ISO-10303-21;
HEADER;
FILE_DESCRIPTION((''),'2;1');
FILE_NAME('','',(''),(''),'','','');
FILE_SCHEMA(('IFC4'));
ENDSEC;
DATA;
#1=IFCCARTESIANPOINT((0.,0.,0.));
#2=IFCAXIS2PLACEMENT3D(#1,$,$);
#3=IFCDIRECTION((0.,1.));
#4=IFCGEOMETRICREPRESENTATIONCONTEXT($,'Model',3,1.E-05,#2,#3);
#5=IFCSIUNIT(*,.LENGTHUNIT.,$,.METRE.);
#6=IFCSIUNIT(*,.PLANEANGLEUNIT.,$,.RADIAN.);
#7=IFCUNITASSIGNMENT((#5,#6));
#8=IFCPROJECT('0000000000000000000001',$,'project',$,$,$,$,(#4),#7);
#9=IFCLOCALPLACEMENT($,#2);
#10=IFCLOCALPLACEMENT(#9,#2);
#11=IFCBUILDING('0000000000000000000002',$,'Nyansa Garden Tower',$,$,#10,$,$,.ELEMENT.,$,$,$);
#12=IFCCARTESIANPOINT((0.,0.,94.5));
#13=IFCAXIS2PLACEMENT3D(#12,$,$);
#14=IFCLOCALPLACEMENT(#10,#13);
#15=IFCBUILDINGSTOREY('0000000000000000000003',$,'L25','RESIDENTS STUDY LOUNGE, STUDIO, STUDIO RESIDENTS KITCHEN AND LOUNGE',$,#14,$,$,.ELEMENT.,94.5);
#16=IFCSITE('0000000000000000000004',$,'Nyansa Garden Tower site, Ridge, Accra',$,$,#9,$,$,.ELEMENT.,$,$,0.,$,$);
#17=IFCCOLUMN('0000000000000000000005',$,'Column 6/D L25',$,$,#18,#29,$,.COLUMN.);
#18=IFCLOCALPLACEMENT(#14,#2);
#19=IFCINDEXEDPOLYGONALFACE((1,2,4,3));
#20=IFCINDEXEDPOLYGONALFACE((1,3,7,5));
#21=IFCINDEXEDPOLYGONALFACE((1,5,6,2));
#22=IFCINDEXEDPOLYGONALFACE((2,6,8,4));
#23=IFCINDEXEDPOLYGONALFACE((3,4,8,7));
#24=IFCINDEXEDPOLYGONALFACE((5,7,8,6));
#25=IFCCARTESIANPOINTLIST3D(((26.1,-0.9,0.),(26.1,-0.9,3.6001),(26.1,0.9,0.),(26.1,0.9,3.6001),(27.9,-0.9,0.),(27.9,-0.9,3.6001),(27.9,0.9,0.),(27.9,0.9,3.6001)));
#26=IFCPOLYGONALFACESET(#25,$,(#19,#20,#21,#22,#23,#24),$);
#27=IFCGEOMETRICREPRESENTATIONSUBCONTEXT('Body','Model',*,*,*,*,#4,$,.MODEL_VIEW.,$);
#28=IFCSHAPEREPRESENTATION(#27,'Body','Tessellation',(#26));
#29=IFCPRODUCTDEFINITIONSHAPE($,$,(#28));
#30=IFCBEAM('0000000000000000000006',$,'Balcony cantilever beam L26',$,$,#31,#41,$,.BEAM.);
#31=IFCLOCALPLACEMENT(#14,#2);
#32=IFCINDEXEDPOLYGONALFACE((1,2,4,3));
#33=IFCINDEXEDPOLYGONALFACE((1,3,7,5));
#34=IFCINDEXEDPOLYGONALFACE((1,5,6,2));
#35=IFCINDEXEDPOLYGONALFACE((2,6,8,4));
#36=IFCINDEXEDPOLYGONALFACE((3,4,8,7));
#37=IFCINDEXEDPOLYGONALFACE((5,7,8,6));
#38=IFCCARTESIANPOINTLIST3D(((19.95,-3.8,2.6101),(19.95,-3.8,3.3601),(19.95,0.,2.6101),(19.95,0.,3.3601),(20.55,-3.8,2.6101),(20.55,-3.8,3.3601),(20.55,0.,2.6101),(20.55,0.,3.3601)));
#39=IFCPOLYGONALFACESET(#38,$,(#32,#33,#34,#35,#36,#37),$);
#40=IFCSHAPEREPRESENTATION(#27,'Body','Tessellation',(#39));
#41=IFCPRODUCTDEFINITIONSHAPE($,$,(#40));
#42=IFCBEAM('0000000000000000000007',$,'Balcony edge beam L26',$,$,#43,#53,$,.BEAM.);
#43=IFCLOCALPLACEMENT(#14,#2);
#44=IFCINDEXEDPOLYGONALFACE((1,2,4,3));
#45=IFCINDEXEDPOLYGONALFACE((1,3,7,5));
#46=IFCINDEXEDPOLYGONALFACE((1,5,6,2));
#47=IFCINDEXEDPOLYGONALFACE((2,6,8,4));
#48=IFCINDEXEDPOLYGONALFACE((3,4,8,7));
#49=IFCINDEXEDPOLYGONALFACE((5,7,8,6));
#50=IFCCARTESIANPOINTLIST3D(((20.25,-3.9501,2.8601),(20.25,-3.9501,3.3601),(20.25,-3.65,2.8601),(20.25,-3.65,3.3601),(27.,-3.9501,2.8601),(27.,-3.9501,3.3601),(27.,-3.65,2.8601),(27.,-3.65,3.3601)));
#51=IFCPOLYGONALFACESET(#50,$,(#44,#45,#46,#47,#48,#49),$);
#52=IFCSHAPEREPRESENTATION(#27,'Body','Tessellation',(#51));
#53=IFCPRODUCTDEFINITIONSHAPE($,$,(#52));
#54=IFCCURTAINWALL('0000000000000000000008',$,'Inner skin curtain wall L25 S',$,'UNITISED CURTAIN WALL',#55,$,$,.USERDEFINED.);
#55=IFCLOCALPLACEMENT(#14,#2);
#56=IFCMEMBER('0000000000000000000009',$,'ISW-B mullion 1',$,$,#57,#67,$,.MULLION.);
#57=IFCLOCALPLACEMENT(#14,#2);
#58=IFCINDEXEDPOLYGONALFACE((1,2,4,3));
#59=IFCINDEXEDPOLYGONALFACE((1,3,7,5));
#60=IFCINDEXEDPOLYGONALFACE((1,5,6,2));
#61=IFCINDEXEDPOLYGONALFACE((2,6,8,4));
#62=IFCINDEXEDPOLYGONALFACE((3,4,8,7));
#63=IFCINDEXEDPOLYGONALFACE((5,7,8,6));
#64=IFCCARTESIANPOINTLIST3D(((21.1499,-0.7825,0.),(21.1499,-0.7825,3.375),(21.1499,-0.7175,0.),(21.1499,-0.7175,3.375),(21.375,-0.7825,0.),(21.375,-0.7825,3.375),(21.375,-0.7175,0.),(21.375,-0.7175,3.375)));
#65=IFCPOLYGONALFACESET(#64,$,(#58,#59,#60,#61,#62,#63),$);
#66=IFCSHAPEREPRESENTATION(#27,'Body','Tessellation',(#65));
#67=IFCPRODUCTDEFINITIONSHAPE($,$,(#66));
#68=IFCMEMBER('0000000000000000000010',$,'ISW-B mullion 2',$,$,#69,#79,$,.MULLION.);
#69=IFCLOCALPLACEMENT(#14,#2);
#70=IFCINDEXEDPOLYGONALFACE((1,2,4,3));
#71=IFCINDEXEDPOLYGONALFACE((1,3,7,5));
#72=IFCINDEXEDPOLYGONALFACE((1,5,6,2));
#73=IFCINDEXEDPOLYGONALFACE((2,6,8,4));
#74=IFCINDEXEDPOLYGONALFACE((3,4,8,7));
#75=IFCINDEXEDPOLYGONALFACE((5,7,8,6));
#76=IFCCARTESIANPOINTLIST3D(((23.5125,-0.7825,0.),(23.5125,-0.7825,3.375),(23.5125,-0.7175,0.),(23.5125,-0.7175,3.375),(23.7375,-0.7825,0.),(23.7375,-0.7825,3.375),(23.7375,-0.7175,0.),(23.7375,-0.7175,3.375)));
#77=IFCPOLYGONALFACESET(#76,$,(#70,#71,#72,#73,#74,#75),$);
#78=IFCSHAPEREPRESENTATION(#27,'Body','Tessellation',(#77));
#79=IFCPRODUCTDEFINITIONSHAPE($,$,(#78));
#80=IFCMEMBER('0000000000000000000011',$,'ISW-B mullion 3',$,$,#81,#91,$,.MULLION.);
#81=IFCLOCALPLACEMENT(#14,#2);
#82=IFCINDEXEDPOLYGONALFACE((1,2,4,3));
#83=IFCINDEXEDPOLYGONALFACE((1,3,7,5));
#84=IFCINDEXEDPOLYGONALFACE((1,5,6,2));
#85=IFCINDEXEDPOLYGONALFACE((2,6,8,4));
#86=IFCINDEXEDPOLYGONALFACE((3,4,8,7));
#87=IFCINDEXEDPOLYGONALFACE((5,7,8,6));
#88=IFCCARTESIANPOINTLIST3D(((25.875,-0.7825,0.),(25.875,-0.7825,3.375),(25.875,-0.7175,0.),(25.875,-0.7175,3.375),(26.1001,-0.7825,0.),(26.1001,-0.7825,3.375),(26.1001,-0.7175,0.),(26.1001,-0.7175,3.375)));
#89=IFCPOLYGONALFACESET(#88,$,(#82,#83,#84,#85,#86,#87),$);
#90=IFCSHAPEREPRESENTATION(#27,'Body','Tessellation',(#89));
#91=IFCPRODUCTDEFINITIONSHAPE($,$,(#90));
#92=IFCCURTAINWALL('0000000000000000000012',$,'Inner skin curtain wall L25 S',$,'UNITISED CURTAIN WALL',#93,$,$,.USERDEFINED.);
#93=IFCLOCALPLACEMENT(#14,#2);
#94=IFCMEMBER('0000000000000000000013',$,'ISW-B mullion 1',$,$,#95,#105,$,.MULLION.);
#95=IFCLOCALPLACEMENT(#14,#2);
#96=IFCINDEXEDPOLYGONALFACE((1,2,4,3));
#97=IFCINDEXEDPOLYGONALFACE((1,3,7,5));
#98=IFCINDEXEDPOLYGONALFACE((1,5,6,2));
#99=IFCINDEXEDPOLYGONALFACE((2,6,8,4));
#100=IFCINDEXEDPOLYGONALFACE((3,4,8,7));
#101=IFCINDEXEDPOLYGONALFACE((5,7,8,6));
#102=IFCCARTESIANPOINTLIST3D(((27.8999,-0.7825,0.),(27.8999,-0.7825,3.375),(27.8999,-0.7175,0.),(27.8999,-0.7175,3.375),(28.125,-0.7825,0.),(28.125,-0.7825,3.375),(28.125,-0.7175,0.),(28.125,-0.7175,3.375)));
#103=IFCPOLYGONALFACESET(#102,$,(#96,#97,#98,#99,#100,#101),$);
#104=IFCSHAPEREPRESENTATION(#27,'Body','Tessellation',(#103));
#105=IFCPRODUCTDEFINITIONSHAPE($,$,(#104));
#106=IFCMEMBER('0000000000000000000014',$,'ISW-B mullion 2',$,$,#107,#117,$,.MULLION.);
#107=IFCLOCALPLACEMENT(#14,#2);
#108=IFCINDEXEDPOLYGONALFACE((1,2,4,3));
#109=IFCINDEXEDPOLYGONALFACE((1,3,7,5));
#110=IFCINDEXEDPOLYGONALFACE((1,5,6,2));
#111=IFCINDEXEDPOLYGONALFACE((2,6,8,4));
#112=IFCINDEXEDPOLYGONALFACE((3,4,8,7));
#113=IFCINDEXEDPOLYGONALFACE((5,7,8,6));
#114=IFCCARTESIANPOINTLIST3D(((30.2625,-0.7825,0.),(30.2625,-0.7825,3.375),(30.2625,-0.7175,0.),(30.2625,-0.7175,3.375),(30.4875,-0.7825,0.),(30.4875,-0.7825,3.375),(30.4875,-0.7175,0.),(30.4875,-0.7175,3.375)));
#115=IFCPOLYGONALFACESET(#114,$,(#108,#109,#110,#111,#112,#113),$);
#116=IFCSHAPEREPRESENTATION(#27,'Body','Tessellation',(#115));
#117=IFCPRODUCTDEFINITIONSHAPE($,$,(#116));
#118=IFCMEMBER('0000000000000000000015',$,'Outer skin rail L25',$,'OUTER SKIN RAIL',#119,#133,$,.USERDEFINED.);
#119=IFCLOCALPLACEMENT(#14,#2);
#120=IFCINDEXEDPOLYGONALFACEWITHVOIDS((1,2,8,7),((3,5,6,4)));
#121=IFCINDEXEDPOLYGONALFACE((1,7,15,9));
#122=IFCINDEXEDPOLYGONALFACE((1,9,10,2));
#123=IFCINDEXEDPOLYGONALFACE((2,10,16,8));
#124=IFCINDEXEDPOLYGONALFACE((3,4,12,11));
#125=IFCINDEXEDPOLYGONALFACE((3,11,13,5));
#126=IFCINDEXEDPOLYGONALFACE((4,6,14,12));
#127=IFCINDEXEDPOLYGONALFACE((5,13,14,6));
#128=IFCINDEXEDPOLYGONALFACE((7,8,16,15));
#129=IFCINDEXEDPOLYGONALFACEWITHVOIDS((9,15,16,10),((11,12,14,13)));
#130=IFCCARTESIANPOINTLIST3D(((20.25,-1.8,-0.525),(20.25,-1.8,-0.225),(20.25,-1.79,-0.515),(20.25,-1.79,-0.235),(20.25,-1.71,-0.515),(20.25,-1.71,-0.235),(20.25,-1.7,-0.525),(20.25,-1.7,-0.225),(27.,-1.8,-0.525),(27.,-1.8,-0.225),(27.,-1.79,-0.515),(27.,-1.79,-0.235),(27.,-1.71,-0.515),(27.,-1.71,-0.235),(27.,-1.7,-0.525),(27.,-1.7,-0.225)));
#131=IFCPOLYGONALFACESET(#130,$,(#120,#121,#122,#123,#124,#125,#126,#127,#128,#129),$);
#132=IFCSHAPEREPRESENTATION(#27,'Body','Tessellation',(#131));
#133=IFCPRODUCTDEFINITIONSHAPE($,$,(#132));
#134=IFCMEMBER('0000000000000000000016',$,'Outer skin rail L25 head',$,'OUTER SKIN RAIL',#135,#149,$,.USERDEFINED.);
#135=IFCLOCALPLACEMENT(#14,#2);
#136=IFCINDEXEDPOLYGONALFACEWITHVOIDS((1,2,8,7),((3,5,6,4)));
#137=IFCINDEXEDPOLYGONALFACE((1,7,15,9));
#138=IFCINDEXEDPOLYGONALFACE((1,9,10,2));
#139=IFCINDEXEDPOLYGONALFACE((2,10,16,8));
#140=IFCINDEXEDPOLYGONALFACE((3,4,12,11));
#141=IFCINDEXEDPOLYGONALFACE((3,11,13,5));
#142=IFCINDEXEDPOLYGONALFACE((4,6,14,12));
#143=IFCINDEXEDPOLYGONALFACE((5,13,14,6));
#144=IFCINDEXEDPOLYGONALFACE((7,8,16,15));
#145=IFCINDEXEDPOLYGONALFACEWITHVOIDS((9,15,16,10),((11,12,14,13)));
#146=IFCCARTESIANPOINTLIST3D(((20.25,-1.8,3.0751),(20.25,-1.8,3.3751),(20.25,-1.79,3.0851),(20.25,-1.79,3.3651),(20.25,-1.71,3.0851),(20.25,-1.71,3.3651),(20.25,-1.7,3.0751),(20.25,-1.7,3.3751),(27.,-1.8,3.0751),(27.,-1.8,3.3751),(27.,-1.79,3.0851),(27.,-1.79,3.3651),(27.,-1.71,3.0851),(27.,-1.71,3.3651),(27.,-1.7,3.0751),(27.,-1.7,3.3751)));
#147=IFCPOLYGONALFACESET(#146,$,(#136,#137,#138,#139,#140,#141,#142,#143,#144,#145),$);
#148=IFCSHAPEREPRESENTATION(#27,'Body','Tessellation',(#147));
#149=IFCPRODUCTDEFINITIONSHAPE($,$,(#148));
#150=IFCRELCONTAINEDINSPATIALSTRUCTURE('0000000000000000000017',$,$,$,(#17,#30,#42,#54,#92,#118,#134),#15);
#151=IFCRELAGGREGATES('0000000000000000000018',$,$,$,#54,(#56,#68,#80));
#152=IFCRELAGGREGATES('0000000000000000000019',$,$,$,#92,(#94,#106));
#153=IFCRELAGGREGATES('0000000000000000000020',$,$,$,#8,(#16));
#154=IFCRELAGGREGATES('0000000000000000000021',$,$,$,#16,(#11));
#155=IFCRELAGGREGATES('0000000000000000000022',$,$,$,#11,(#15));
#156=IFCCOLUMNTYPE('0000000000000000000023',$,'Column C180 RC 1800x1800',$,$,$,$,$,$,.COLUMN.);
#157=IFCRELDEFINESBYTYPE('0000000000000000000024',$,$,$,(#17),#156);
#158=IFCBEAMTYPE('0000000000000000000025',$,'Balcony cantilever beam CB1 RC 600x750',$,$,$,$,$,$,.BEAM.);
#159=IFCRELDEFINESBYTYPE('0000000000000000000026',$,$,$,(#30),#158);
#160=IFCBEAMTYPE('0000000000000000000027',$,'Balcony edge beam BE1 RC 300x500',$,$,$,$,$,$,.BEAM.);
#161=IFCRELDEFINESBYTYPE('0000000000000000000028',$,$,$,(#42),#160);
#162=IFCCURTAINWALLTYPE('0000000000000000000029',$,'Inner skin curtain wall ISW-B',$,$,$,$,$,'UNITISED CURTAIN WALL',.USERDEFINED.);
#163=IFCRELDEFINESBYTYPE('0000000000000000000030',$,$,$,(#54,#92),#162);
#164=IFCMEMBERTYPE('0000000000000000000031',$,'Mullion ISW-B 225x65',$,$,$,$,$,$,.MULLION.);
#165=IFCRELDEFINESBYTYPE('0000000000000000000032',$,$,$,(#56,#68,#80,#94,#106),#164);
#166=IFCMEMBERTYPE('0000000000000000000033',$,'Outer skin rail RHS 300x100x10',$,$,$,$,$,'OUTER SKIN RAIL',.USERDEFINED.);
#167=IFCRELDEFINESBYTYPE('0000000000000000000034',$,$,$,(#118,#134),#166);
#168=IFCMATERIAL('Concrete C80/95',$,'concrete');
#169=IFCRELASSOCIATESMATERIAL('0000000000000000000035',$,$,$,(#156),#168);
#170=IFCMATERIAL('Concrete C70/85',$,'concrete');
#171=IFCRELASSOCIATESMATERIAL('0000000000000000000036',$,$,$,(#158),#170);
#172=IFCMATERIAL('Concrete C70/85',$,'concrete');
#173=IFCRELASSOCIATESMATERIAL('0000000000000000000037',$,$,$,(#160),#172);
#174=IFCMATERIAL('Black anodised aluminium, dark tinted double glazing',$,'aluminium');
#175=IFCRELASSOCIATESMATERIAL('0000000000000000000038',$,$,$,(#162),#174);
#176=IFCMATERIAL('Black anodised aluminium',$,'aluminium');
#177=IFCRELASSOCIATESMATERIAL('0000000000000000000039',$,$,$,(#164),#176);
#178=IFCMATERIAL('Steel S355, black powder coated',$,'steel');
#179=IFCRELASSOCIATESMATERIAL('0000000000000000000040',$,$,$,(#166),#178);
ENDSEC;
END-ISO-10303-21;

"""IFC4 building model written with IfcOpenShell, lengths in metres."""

from ifc_helpers import new_model, si_unit, direction, frame, origin, origin_2d, place, context, subcontext, project, spatial, rectangle, hollow_rectangle, extrude, material, material_profile, profile_set, type_object, element, aggregate, save


model = new_model("IFC4")

# Units and contexts
model_context = context("Model", 3, precision=1e-05, world=origin(), true_north=direction((0.0, 1.0)))
body_context = subcontext(model_context, "Body", "Model", "MODEL_VIEW")
ifc_project = project(units=[si_unit("LENGTHUNIT", "METRE"), si_unit("PLANEANGLEUNIT", "RADIAN")], contexts=[model_context])

# Site, building, storey
site_placement = place(None, origin())
site = spatial("IfcSite", under=ifc_project, at=site_placement, Name="Nyansa Garden Tower site, Ridge, Accra", CompositionType="ELEMENT", RefElevation=0.0)
building_placement = place(site_placement, origin())
building = spatial("IfcBuilding", under=site, at=building_placement, Name="Nyansa Garden Tower", CompositionType="ELEMENT")
storey_placement = place(building_placement, frame((0.0, 0.0, 94.5)))
storey = spatial("IfcBuildingStorey", under=building, at=storey_placement, Name="L25", Description="RESIDENTS STUDY LOUNGE, STUDIO, STUDIO RESIDENTS KITCHEN AND LOUNGE", CompositionType="ELEMENT", Elevation=94.5)

# Column
ifc_material_1 = material(Name="Concrete C80/95", Category="concrete")
ifc_material_profile_1 = material_profile(ifc_material_1, rectangle(XDim=1.8, YDim=1.8, at=origin_2d()), Name="RC 1800x1800")
ifc_profile_set_1 = profile_set([ifc_material_profile_1], Name="Concrete C80/95")
column_type = type_object("IfcColumnType", Name="Column C180 RC 1800x1800", PredefinedType="COLUMN", material=ifc_profile_set_1)
column_placement = place(storey_placement, frame((27.0, 0.0, 0.0), z_axis=(0.0, 0.0, 1.0), x_axis=(1.0, 0.0, 0.0)))
element("IfcColumn", 1, at=column_placement, inside=storey, type_object=column_type, Name="Column 6/D L25", PredefinedType="COLUMN", context=body_context, shape_type="SweptSolid", body=[
    extrude(rectangle(XDim=1.8, YDim=1.8, at=origin_2d()), origin(), (0.0, 0.0, 1.0), 3.6001),
])

# Beams
ifc_material_2 = material(Name="Concrete C70/85", Category="concrete")
ifc_material_profile_2 = material_profile(ifc_material_2, rectangle(XDim=0.6001, YDim=0.75, at=origin_2d()), Name="RC 600x750")
ifc_profile_set_2 = profile_set([ifc_material_profile_2], Name="Concrete C70/85")
beam_type_1 = type_object("IfcBeamType", Name="Balcony cantilever beam CB1 RC 600x750", PredefinedType="BEAM", material=ifc_profile_set_2)
beam_1_placement = place(storey_placement, frame((20.25, 0.0, 2.9851), z_axis=(0.0, -1.0, 0.0), x_axis=(1.0, 0.0, 0.0)))
element("IfcBeam", 2, at=beam_1_placement, inside=storey, type_object=beam_type_1, Name="Balcony cantilever beam L26", PredefinedType="BEAM", context=body_context, shape_type="SweptSolid", body=[
    extrude(rectangle(XDim=0.6001, YDim=0.75, at=origin_2d()), origin(), (0.0, 0.0, 1.0), 3.8),
])
ifc_material_3 = material(Name="Concrete C70/85", Category="concrete")
ifc_material_profile_3 = material_profile(ifc_material_3, rectangle(XDim=0.3, YDim=0.5, at=origin_2d()), Name="RC 300x500")
ifc_profile_set_3 = profile_set([ifc_material_profile_3], Name="Concrete C70/85")
beam_type_2 = type_object("IfcBeamType", Name="Balcony edge beam BE1 RC 300x500", PredefinedType="BEAM", material=ifc_profile_set_3)
beam_2_placement = place(storey_placement, frame((20.25, -3.8, 3.1101), z_axis=(1.0, 0.0, 0.0), x_axis=(0.0, 1.0, 0.0)))
element("IfcBeam", 3, at=beam_2_placement, inside=storey, type_object=beam_type_2, Name="Balcony edge beam L26", PredefinedType="BEAM", context=body_context, shape_type="SweptSolid", body=[
    extrude(rectangle(XDim=0.3, YDim=0.5, at=origin_2d()), origin(), (0.0, 0.0, 1.0), 6.75),
])

# Curtain walls, members
ifc_material_4 = material(Name="Black anodised aluminium, dark tinted double glazing", Category="aluminium")
curtain_wall_type = type_object("IfcCurtainWallType", Name="Inner skin curtain wall ISW-B", ElementType="UNITISED CURTAIN WALL", PredefinedType="USERDEFINED", material=ifc_material_4)
curtain_wall_1_placement = place(storey_placement, origin())
curtain_wall_1 = element("IfcCurtainWall", 4, at=curtain_wall_1_placement, inside=storey, type_object=curtain_wall_type, Name="Inner skin curtain wall L25 S", ObjectType="UNITISED CURTAIN WALL", PredefinedType="USERDEFINED")
ifc_material_5 = material(Name="Black anodised aluminium", Category="aluminium")
ifc_material_profile_4 = material_profile(ifc_material_5, rectangle(XDim=0.0649, YDim=0.2251, at=origin_2d()), Name="Mullion 225x65")
ifc_profile_set_4 = profile_set([ifc_material_profile_4], Name="Black anodised aluminium")
member_type_1 = type_object("IfcMemberType", Name="Mullion ISW-B 225x65", PredefinedType="MULLION", material=ifc_profile_set_4)
member_1_placement = place(storey_placement, frame((21.2625, -0.75, 0.0), z_axis=(0.0, 0.0, 1.0), x_axis=(0.0, 1.0, 0.0)))
member_1 = element("IfcMember", 5, at=member_1_placement, type_object=member_type_1, Name="ISW-B mullion 1", PredefinedType="MULLION", context=body_context, shape_type="SweptSolid", body=[
    extrude(rectangle(XDim=0.0649, YDim=0.2251, at=origin_2d()), origin(), (0.0, 0.0, 1.0), 3.375),
])
member_2_placement = place(storey_placement, frame((23.625, -0.75, 0.0), z_axis=(0.0, 0.0, 1.0), x_axis=(0.0, 1.0, 0.0)))
member_2 = element("IfcMember", 6, at=member_2_placement, type_object=member_type_1, Name="ISW-B mullion 2", PredefinedType="MULLION", context=body_context, shape_type="SweptSolid", body=[
    extrude(rectangle(XDim=0.0649, YDim=0.2251, at=origin_2d()), origin(), (0.0, 0.0, 1.0), 3.375),
])
member_3_placement = place(storey_placement, frame((25.9875, -0.75, 0.0), z_axis=(0.0, 0.0, 1.0), x_axis=(0.0, 1.0, 0.0)))
member_3 = element("IfcMember", 7, at=member_3_placement, type_object=member_type_1, Name="ISW-B mullion 3", PredefinedType="MULLION", context=body_context, shape_type="SweptSolid", body=[
    extrude(rectangle(XDim=0.0649, YDim=0.2251, at=origin_2d()), origin(), (0.0, 0.0, 1.0), 3.375),
])
curtain_wall_2_placement = place(storey_placement, origin())
curtain_wall_2 = element("IfcCurtainWall", 8, at=curtain_wall_2_placement, inside=storey, type_object=curtain_wall_type, Name="Inner skin curtain wall L25 S", ObjectType="UNITISED CURTAIN WALL", PredefinedType="USERDEFINED")
member_4_placement = place(storey_placement, frame((28.0125, -0.75, 0.0), z_axis=(0.0, 0.0, 1.0), x_axis=(0.0, 1.0, 0.0)))
member_4 = element("IfcMember", 9, at=member_4_placement, type_object=member_type_1, Name="ISW-B mullion 1", PredefinedType="MULLION", context=body_context, shape_type="SweptSolid", body=[
    extrude(rectangle(XDim=0.0649, YDim=0.2251, at=origin_2d()), origin(), (0.0, 0.0, 1.0), 3.375),
])
member_5_placement = place(storey_placement, frame((30.375, -0.75, 0.0), z_axis=(0.0, 0.0, 1.0), x_axis=(0.0, 1.0, 0.0)))
member_5 = element("IfcMember", 10, at=member_5_placement, type_object=member_type_1, Name="ISW-B mullion 2", PredefinedType="MULLION", context=body_context, shape_type="SweptSolid", body=[
    extrude(rectangle(XDim=0.0649, YDim=0.2251, at=origin_2d()), origin(), (0.0, 0.0, 1.0), 3.375),
])

# Members
ifc_material_6 = material(Name="Steel S355, black powder coated", Category="steel")
ifc_material_profile_5 = material_profile(ifc_material_6, hollow_rectangle(XDim=0.1001, YDim=0.3, WallThickness=0.01, at=origin_2d()), Name="RHS 300x100x10")
ifc_profile_set_5 = profile_set([ifc_material_profile_5], Name="Steel S355, black powder coated")
member_type_2 = type_object("IfcMemberType", Name="Outer skin rail RHS 300x100x10", ElementType="OUTER SKIN RAIL", PredefinedType="USERDEFINED", material=ifc_profile_set_5)
for number, where, z_axis, x_axis, name in (
    (11, (20.25, -1.75, -0.375), (1.0, 0.0, 0.0), (0.0, 1.0, 0.0), "Outer skin rail L25"),
    (12, (20.25, -1.75, 3.2251), (1.0, 0.0, 0.0), (0.0, 1.0, 0.0), "Outer skin rail L25 head"),
):
    element("IfcMember", number, at=place(storey_placement, frame(where, z_axis=z_axis, x_axis=x_axis)), inside=storey, type_object=member_type_2, Name=name, ObjectType="OUTER SKIN RAIL", PredefinedType="USERDEFINED", context=body_context, shape_type="SweptSolid", body=[
        extrude(hollow_rectangle(XDim=0.1001, YDim=0.3, WallThickness=0.01, at=origin_2d()), origin(), (0.0, 0.0, 1.0), 6.75),
    ])

aggregate(curtain_wall_1, [member_1, member_2, member_3])
aggregate(curtain_wall_2, [member_4, member_5])

save(model, "model.ifc")
